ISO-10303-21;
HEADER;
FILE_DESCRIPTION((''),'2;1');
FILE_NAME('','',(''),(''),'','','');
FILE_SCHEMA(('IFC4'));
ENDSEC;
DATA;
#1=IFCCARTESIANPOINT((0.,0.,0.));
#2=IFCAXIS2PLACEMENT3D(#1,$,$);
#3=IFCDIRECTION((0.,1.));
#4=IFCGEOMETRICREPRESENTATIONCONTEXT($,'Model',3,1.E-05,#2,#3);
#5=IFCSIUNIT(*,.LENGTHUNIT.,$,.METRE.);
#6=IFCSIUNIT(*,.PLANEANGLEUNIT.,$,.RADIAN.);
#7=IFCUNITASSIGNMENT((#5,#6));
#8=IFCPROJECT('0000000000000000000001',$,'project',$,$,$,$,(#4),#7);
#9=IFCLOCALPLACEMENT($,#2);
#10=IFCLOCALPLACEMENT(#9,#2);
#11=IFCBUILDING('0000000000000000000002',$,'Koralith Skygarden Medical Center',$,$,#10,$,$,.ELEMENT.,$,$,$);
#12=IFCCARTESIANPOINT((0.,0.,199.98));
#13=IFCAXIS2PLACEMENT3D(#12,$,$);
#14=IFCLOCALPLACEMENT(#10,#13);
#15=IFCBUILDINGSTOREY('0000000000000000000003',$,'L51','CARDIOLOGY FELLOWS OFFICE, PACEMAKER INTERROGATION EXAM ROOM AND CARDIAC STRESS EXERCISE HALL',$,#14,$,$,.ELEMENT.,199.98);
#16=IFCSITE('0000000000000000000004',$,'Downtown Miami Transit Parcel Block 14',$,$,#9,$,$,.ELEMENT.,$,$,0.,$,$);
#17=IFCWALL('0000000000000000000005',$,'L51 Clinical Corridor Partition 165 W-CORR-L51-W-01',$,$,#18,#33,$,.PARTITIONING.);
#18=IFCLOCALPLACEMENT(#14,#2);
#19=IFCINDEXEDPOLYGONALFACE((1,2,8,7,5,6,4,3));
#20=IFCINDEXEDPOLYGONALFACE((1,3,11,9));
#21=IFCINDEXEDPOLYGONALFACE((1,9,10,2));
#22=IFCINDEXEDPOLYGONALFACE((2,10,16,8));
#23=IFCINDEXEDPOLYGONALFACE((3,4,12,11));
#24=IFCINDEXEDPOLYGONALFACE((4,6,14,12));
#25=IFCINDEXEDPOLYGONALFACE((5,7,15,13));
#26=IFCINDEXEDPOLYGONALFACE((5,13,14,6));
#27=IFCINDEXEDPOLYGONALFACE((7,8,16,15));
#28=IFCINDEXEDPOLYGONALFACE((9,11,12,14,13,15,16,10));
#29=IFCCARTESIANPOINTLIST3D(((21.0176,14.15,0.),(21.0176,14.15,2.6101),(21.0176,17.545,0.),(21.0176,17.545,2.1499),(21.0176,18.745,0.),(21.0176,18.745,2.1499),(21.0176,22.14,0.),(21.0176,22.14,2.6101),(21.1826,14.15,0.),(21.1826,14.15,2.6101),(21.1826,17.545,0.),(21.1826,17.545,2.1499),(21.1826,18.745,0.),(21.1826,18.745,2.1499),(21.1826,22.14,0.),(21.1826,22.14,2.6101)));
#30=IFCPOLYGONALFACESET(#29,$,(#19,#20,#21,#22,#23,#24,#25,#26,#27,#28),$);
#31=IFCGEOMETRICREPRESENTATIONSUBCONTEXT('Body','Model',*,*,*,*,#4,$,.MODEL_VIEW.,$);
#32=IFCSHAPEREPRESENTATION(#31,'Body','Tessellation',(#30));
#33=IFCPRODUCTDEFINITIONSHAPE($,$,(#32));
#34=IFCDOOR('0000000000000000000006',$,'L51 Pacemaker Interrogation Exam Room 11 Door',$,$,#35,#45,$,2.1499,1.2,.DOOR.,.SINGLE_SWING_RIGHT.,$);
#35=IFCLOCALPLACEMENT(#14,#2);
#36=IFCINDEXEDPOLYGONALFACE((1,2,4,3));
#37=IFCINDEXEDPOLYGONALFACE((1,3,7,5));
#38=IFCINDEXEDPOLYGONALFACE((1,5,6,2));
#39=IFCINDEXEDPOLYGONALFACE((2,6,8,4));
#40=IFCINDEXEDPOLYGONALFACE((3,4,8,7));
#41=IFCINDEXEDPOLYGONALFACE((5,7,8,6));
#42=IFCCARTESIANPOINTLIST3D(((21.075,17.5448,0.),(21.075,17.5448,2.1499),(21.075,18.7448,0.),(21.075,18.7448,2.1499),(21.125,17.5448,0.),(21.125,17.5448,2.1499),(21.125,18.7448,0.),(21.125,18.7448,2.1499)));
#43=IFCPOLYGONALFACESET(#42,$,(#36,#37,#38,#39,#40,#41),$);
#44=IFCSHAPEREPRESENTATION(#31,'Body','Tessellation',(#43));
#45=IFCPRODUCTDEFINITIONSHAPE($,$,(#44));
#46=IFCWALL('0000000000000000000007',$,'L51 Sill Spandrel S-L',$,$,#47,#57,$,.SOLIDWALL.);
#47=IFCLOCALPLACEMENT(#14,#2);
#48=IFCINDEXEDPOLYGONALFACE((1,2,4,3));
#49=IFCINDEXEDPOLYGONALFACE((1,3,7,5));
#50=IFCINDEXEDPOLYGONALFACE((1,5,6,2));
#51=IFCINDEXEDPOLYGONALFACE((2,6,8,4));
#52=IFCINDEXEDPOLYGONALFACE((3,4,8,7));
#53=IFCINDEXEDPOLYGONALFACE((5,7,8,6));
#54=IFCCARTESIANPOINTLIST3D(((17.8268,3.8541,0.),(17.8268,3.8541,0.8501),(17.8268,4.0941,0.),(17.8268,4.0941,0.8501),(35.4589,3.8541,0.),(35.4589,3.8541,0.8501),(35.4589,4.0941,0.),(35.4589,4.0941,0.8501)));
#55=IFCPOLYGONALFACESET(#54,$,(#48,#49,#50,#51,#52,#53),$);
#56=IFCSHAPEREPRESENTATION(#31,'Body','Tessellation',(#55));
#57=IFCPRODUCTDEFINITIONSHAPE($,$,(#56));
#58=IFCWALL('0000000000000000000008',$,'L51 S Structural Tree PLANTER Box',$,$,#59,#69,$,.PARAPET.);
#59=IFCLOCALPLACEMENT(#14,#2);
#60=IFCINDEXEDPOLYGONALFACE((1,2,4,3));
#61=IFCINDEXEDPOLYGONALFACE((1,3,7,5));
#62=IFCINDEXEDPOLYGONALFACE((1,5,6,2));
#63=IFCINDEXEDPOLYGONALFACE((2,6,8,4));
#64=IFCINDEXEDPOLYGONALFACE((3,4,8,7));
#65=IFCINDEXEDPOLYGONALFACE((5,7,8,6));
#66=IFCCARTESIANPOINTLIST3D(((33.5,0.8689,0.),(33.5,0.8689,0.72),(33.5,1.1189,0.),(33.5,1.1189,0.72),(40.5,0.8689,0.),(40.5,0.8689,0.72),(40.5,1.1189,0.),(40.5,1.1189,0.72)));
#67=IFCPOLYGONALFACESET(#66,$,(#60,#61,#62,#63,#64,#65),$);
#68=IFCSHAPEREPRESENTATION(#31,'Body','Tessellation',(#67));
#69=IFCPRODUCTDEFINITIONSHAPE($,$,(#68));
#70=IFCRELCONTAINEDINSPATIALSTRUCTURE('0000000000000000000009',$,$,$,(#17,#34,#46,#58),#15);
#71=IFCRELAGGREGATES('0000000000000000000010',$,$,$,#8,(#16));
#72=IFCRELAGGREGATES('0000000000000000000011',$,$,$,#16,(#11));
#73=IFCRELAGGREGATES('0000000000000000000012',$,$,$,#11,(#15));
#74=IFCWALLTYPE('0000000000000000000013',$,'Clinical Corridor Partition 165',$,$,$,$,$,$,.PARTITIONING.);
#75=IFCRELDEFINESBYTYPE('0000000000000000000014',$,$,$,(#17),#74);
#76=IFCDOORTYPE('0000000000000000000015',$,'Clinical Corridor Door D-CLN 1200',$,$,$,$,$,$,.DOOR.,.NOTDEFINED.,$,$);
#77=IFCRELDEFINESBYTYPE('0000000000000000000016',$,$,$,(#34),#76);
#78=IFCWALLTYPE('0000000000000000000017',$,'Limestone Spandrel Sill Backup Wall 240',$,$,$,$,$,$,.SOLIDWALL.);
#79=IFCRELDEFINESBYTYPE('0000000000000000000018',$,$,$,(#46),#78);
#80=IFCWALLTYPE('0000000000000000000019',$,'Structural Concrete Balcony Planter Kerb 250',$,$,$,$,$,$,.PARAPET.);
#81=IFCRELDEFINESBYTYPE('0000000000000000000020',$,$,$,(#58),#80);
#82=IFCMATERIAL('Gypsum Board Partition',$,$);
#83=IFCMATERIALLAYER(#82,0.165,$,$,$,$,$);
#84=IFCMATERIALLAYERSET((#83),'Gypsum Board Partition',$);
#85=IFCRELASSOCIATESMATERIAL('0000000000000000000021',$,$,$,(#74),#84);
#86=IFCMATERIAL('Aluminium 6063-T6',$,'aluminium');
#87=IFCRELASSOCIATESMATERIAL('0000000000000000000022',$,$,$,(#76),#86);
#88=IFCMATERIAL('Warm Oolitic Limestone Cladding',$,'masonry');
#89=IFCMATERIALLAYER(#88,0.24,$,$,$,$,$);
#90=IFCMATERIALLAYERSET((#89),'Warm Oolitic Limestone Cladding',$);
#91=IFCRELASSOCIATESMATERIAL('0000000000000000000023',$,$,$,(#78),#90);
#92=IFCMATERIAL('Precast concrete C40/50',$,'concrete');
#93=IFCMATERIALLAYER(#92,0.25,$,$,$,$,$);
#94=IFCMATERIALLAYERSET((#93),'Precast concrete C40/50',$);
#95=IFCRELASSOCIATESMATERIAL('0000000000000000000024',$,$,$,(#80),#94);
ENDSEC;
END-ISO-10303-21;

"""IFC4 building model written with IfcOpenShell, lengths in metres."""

from ifc_helpers import new_model, si_unit, direction, frame, frame_2d, origin, place, context, subcontext, project, spatial, rectangle, extrude, material, layer, layer_set, type_object, element, fill, save


model = new_model("IFC4")

# Units and contexts
model_context = context("Model", 3, precision=1e-05, world=origin(), true_north=direction((0.0, 1.0)))
body_context = subcontext(model_context, "Body", "Model", "MODEL_VIEW")
ifc_project = project(units=[si_unit("LENGTHUNIT", "METRE"), si_unit("PLANEANGLEUNIT", "RADIAN")], contexts=[model_context])

# Site, building, storey
site_placement = place(None, origin())
site = spatial("IfcSite", under=ifc_project, at=site_placement, Name="Downtown Miami Transit Parcel Block 14", CompositionType="ELEMENT", RefElevation=0.0)
building_placement = place(site_placement, origin())
building = spatial("IfcBuilding", under=site, at=building_placement, Name="Koralith Skygarden Medical Center", CompositionType="ELEMENT")
storey_placement = place(building_placement, frame((0.0, 0.0, 199.98)))
storey = spatial("IfcBuildingStorey", under=building, at=storey_placement, Name="L51", Description="CARDIOLOGY FELLOWS OFFICE, PACEMAKER INTERROGATION EXAM ROOM AND CARDIAC STRESS EXERCISE HALL", CompositionType="ELEMENT", Elevation=199.98)

# Shared definitions
ifc_material_1 = material(Name="Aluminium 6063-T6", Category="aluminium")

# Wall, opening, door
ifc_material_2 = material(Name="Gypsum Board Partition")
ifc_layer_1 = layer(ifc_material_2, 0.165)
ifc_layer_set_1 = layer_set([ifc_layer_1], Name="Gypsum Board Partition")
wall_type_1 = type_object("IfcWallType", Name="Clinical Corridor Partition 165", PredefinedType="PARTITIONING", material=ifc_layer_set_1)
door_type = type_object("IfcDoorType", Name="Clinical Corridor Door D-CLN 1200", OperationType="NOTDEFINED", PredefinedType="DOOR", material=ifc_material_1)
wall_1_placement = place(storey_placement, frame((21.1001, 14.1499, 0.0), z_axis=(0.0, 0.0, 1.0), x_axis=(0.0, 1.0, 0.0)))
wall_1 = element("IfcWall", 1, at=wall_1_placement, inside=storey, type_object=wall_type_1, Name="L51 Clinical Corridor Partition 165 W-CORR-L51-W-01", PredefinedType="PARTITIONING", context=body_context, shape_type="SweptSolid", body=[
    extrude(rectangle(XDim=7.99, YDim=0.165, at=frame_2d((3.9951, 0.0))), origin(), (0.0, 0.0, 1.0), 2.6101),
])
opening_1_placement = place(wall_1_placement, frame((3.395, 0.0, 0.0)))
opening_1 = element("IfcOpeningElement", 2, at=opening_1_placement, cuts=wall_1, PredefinedType="OPENING", context=body_context, shape_type="SweptSolid", body=[
    extrude(rectangle(XDim=1.2, YDim=2.1499, at=frame_2d((0.6001, 1.075))), frame((0.0, 0.0925, 0.0), z_axis=(0.0, -1.0, 0.0), x_axis=(1.0, 0.0, 0.0)), (0.0, 0.0, 1.0), 0.1851),
])
door_1_placement = place(opening_1_placement, frame((1.2, 0.0, 0.0), z_axis=(0.0, 0.0, 1.0), x_axis=(-1.0, 0.0, 0.0)))
door_1 = element("IfcDoor", 3, at=door_1_placement, inside=storey, type_object=door_type, Name="L51 Pacemaker Interrogation Exam Room 11 Door", OperationType="SINGLE_SWING_RIGHT", OverallHeight=2.1499, OverallWidth=1.2, PredefinedType="DOOR", context=body_context, shape_type="SweptSolid", body=[
    extrude(rectangle(XDim=1.2, YDim=2.1499, at=frame_2d((0.6001, 1.075))), frame((0.0, 0.0249, 0.0), z_axis=(0.0, -1.0, 0.0), x_axis=(1.0, 0.0, 0.0)), (0.0, 0.0, 1.0), 0.05),
])
fill(opening_1, door_1)

# Walls
ifc_material_3 = material(Name="Warm Oolitic Limestone Cladding", Category="masonry")
ifc_layer_2 = layer(ifc_material_3, 0.24)
ifc_layer_set_2 = layer_set([ifc_layer_2], Name="Warm Oolitic Limestone Cladding")
wall_type_2 = type_object("IfcWallType", Name="Limestone Spandrel Sill Backup Wall 240", PredefinedType="SOLIDWALL", material=ifc_layer_set_2)
wall_2_placement = place(storey_placement, frame((17.8269, 3.9741, 0.0), z_axis=(0.0, 0.0, 1.0), x_axis=(1.0, 0.0, 0.0)))
element("IfcWall", 4, at=wall_2_placement, inside=storey, type_object=wall_type_2, Name="L51 Sill Spandrel S-L", PredefinedType="SOLIDWALL", context=body_context, shape_type="SweptSolid", body=[
    extrude(rectangle(XDim=17.6321, YDim=0.24, at=frame_2d((8.8159, 0.0))), origin(), (0.0, 0.0, 1.0), 0.8501),
])
ifc_material_4 = material(Name="Precast concrete C40/50", Category="concrete")
ifc_layer_3 = layer(ifc_material_4, 0.25)
ifc_layer_set_3 = layer_set([ifc_layer_3], Name="Precast concrete C40/50")
wall_type_3 = type_object("IfcWallType", Name="Structural Concrete Balcony Planter Kerb 250", PredefinedType="PARAPET", material=ifc_layer_set_3)
wall_3_placement = place(storey_placement, frame((33.5, 0.9939, 0.0), z_axis=(0.0, 0.0, 1.0), x_axis=(1.0, 0.0, 0.0)))
element("IfcWall", 5, at=wall_3_placement, inside=storey, type_object=wall_type_3, Name="L51 S Structural Tree PLANTER Box", PredefinedType="PARAPET", context=body_context, shape_type="SweptSolid", body=[
    extrude(rectangle(XDim=7.0, YDim=0.25, at=frame_2d((3.5, 0.0))), origin(), (0.0, 0.0, 1.0), 0.72),
])

save(model, "model.ifc")
